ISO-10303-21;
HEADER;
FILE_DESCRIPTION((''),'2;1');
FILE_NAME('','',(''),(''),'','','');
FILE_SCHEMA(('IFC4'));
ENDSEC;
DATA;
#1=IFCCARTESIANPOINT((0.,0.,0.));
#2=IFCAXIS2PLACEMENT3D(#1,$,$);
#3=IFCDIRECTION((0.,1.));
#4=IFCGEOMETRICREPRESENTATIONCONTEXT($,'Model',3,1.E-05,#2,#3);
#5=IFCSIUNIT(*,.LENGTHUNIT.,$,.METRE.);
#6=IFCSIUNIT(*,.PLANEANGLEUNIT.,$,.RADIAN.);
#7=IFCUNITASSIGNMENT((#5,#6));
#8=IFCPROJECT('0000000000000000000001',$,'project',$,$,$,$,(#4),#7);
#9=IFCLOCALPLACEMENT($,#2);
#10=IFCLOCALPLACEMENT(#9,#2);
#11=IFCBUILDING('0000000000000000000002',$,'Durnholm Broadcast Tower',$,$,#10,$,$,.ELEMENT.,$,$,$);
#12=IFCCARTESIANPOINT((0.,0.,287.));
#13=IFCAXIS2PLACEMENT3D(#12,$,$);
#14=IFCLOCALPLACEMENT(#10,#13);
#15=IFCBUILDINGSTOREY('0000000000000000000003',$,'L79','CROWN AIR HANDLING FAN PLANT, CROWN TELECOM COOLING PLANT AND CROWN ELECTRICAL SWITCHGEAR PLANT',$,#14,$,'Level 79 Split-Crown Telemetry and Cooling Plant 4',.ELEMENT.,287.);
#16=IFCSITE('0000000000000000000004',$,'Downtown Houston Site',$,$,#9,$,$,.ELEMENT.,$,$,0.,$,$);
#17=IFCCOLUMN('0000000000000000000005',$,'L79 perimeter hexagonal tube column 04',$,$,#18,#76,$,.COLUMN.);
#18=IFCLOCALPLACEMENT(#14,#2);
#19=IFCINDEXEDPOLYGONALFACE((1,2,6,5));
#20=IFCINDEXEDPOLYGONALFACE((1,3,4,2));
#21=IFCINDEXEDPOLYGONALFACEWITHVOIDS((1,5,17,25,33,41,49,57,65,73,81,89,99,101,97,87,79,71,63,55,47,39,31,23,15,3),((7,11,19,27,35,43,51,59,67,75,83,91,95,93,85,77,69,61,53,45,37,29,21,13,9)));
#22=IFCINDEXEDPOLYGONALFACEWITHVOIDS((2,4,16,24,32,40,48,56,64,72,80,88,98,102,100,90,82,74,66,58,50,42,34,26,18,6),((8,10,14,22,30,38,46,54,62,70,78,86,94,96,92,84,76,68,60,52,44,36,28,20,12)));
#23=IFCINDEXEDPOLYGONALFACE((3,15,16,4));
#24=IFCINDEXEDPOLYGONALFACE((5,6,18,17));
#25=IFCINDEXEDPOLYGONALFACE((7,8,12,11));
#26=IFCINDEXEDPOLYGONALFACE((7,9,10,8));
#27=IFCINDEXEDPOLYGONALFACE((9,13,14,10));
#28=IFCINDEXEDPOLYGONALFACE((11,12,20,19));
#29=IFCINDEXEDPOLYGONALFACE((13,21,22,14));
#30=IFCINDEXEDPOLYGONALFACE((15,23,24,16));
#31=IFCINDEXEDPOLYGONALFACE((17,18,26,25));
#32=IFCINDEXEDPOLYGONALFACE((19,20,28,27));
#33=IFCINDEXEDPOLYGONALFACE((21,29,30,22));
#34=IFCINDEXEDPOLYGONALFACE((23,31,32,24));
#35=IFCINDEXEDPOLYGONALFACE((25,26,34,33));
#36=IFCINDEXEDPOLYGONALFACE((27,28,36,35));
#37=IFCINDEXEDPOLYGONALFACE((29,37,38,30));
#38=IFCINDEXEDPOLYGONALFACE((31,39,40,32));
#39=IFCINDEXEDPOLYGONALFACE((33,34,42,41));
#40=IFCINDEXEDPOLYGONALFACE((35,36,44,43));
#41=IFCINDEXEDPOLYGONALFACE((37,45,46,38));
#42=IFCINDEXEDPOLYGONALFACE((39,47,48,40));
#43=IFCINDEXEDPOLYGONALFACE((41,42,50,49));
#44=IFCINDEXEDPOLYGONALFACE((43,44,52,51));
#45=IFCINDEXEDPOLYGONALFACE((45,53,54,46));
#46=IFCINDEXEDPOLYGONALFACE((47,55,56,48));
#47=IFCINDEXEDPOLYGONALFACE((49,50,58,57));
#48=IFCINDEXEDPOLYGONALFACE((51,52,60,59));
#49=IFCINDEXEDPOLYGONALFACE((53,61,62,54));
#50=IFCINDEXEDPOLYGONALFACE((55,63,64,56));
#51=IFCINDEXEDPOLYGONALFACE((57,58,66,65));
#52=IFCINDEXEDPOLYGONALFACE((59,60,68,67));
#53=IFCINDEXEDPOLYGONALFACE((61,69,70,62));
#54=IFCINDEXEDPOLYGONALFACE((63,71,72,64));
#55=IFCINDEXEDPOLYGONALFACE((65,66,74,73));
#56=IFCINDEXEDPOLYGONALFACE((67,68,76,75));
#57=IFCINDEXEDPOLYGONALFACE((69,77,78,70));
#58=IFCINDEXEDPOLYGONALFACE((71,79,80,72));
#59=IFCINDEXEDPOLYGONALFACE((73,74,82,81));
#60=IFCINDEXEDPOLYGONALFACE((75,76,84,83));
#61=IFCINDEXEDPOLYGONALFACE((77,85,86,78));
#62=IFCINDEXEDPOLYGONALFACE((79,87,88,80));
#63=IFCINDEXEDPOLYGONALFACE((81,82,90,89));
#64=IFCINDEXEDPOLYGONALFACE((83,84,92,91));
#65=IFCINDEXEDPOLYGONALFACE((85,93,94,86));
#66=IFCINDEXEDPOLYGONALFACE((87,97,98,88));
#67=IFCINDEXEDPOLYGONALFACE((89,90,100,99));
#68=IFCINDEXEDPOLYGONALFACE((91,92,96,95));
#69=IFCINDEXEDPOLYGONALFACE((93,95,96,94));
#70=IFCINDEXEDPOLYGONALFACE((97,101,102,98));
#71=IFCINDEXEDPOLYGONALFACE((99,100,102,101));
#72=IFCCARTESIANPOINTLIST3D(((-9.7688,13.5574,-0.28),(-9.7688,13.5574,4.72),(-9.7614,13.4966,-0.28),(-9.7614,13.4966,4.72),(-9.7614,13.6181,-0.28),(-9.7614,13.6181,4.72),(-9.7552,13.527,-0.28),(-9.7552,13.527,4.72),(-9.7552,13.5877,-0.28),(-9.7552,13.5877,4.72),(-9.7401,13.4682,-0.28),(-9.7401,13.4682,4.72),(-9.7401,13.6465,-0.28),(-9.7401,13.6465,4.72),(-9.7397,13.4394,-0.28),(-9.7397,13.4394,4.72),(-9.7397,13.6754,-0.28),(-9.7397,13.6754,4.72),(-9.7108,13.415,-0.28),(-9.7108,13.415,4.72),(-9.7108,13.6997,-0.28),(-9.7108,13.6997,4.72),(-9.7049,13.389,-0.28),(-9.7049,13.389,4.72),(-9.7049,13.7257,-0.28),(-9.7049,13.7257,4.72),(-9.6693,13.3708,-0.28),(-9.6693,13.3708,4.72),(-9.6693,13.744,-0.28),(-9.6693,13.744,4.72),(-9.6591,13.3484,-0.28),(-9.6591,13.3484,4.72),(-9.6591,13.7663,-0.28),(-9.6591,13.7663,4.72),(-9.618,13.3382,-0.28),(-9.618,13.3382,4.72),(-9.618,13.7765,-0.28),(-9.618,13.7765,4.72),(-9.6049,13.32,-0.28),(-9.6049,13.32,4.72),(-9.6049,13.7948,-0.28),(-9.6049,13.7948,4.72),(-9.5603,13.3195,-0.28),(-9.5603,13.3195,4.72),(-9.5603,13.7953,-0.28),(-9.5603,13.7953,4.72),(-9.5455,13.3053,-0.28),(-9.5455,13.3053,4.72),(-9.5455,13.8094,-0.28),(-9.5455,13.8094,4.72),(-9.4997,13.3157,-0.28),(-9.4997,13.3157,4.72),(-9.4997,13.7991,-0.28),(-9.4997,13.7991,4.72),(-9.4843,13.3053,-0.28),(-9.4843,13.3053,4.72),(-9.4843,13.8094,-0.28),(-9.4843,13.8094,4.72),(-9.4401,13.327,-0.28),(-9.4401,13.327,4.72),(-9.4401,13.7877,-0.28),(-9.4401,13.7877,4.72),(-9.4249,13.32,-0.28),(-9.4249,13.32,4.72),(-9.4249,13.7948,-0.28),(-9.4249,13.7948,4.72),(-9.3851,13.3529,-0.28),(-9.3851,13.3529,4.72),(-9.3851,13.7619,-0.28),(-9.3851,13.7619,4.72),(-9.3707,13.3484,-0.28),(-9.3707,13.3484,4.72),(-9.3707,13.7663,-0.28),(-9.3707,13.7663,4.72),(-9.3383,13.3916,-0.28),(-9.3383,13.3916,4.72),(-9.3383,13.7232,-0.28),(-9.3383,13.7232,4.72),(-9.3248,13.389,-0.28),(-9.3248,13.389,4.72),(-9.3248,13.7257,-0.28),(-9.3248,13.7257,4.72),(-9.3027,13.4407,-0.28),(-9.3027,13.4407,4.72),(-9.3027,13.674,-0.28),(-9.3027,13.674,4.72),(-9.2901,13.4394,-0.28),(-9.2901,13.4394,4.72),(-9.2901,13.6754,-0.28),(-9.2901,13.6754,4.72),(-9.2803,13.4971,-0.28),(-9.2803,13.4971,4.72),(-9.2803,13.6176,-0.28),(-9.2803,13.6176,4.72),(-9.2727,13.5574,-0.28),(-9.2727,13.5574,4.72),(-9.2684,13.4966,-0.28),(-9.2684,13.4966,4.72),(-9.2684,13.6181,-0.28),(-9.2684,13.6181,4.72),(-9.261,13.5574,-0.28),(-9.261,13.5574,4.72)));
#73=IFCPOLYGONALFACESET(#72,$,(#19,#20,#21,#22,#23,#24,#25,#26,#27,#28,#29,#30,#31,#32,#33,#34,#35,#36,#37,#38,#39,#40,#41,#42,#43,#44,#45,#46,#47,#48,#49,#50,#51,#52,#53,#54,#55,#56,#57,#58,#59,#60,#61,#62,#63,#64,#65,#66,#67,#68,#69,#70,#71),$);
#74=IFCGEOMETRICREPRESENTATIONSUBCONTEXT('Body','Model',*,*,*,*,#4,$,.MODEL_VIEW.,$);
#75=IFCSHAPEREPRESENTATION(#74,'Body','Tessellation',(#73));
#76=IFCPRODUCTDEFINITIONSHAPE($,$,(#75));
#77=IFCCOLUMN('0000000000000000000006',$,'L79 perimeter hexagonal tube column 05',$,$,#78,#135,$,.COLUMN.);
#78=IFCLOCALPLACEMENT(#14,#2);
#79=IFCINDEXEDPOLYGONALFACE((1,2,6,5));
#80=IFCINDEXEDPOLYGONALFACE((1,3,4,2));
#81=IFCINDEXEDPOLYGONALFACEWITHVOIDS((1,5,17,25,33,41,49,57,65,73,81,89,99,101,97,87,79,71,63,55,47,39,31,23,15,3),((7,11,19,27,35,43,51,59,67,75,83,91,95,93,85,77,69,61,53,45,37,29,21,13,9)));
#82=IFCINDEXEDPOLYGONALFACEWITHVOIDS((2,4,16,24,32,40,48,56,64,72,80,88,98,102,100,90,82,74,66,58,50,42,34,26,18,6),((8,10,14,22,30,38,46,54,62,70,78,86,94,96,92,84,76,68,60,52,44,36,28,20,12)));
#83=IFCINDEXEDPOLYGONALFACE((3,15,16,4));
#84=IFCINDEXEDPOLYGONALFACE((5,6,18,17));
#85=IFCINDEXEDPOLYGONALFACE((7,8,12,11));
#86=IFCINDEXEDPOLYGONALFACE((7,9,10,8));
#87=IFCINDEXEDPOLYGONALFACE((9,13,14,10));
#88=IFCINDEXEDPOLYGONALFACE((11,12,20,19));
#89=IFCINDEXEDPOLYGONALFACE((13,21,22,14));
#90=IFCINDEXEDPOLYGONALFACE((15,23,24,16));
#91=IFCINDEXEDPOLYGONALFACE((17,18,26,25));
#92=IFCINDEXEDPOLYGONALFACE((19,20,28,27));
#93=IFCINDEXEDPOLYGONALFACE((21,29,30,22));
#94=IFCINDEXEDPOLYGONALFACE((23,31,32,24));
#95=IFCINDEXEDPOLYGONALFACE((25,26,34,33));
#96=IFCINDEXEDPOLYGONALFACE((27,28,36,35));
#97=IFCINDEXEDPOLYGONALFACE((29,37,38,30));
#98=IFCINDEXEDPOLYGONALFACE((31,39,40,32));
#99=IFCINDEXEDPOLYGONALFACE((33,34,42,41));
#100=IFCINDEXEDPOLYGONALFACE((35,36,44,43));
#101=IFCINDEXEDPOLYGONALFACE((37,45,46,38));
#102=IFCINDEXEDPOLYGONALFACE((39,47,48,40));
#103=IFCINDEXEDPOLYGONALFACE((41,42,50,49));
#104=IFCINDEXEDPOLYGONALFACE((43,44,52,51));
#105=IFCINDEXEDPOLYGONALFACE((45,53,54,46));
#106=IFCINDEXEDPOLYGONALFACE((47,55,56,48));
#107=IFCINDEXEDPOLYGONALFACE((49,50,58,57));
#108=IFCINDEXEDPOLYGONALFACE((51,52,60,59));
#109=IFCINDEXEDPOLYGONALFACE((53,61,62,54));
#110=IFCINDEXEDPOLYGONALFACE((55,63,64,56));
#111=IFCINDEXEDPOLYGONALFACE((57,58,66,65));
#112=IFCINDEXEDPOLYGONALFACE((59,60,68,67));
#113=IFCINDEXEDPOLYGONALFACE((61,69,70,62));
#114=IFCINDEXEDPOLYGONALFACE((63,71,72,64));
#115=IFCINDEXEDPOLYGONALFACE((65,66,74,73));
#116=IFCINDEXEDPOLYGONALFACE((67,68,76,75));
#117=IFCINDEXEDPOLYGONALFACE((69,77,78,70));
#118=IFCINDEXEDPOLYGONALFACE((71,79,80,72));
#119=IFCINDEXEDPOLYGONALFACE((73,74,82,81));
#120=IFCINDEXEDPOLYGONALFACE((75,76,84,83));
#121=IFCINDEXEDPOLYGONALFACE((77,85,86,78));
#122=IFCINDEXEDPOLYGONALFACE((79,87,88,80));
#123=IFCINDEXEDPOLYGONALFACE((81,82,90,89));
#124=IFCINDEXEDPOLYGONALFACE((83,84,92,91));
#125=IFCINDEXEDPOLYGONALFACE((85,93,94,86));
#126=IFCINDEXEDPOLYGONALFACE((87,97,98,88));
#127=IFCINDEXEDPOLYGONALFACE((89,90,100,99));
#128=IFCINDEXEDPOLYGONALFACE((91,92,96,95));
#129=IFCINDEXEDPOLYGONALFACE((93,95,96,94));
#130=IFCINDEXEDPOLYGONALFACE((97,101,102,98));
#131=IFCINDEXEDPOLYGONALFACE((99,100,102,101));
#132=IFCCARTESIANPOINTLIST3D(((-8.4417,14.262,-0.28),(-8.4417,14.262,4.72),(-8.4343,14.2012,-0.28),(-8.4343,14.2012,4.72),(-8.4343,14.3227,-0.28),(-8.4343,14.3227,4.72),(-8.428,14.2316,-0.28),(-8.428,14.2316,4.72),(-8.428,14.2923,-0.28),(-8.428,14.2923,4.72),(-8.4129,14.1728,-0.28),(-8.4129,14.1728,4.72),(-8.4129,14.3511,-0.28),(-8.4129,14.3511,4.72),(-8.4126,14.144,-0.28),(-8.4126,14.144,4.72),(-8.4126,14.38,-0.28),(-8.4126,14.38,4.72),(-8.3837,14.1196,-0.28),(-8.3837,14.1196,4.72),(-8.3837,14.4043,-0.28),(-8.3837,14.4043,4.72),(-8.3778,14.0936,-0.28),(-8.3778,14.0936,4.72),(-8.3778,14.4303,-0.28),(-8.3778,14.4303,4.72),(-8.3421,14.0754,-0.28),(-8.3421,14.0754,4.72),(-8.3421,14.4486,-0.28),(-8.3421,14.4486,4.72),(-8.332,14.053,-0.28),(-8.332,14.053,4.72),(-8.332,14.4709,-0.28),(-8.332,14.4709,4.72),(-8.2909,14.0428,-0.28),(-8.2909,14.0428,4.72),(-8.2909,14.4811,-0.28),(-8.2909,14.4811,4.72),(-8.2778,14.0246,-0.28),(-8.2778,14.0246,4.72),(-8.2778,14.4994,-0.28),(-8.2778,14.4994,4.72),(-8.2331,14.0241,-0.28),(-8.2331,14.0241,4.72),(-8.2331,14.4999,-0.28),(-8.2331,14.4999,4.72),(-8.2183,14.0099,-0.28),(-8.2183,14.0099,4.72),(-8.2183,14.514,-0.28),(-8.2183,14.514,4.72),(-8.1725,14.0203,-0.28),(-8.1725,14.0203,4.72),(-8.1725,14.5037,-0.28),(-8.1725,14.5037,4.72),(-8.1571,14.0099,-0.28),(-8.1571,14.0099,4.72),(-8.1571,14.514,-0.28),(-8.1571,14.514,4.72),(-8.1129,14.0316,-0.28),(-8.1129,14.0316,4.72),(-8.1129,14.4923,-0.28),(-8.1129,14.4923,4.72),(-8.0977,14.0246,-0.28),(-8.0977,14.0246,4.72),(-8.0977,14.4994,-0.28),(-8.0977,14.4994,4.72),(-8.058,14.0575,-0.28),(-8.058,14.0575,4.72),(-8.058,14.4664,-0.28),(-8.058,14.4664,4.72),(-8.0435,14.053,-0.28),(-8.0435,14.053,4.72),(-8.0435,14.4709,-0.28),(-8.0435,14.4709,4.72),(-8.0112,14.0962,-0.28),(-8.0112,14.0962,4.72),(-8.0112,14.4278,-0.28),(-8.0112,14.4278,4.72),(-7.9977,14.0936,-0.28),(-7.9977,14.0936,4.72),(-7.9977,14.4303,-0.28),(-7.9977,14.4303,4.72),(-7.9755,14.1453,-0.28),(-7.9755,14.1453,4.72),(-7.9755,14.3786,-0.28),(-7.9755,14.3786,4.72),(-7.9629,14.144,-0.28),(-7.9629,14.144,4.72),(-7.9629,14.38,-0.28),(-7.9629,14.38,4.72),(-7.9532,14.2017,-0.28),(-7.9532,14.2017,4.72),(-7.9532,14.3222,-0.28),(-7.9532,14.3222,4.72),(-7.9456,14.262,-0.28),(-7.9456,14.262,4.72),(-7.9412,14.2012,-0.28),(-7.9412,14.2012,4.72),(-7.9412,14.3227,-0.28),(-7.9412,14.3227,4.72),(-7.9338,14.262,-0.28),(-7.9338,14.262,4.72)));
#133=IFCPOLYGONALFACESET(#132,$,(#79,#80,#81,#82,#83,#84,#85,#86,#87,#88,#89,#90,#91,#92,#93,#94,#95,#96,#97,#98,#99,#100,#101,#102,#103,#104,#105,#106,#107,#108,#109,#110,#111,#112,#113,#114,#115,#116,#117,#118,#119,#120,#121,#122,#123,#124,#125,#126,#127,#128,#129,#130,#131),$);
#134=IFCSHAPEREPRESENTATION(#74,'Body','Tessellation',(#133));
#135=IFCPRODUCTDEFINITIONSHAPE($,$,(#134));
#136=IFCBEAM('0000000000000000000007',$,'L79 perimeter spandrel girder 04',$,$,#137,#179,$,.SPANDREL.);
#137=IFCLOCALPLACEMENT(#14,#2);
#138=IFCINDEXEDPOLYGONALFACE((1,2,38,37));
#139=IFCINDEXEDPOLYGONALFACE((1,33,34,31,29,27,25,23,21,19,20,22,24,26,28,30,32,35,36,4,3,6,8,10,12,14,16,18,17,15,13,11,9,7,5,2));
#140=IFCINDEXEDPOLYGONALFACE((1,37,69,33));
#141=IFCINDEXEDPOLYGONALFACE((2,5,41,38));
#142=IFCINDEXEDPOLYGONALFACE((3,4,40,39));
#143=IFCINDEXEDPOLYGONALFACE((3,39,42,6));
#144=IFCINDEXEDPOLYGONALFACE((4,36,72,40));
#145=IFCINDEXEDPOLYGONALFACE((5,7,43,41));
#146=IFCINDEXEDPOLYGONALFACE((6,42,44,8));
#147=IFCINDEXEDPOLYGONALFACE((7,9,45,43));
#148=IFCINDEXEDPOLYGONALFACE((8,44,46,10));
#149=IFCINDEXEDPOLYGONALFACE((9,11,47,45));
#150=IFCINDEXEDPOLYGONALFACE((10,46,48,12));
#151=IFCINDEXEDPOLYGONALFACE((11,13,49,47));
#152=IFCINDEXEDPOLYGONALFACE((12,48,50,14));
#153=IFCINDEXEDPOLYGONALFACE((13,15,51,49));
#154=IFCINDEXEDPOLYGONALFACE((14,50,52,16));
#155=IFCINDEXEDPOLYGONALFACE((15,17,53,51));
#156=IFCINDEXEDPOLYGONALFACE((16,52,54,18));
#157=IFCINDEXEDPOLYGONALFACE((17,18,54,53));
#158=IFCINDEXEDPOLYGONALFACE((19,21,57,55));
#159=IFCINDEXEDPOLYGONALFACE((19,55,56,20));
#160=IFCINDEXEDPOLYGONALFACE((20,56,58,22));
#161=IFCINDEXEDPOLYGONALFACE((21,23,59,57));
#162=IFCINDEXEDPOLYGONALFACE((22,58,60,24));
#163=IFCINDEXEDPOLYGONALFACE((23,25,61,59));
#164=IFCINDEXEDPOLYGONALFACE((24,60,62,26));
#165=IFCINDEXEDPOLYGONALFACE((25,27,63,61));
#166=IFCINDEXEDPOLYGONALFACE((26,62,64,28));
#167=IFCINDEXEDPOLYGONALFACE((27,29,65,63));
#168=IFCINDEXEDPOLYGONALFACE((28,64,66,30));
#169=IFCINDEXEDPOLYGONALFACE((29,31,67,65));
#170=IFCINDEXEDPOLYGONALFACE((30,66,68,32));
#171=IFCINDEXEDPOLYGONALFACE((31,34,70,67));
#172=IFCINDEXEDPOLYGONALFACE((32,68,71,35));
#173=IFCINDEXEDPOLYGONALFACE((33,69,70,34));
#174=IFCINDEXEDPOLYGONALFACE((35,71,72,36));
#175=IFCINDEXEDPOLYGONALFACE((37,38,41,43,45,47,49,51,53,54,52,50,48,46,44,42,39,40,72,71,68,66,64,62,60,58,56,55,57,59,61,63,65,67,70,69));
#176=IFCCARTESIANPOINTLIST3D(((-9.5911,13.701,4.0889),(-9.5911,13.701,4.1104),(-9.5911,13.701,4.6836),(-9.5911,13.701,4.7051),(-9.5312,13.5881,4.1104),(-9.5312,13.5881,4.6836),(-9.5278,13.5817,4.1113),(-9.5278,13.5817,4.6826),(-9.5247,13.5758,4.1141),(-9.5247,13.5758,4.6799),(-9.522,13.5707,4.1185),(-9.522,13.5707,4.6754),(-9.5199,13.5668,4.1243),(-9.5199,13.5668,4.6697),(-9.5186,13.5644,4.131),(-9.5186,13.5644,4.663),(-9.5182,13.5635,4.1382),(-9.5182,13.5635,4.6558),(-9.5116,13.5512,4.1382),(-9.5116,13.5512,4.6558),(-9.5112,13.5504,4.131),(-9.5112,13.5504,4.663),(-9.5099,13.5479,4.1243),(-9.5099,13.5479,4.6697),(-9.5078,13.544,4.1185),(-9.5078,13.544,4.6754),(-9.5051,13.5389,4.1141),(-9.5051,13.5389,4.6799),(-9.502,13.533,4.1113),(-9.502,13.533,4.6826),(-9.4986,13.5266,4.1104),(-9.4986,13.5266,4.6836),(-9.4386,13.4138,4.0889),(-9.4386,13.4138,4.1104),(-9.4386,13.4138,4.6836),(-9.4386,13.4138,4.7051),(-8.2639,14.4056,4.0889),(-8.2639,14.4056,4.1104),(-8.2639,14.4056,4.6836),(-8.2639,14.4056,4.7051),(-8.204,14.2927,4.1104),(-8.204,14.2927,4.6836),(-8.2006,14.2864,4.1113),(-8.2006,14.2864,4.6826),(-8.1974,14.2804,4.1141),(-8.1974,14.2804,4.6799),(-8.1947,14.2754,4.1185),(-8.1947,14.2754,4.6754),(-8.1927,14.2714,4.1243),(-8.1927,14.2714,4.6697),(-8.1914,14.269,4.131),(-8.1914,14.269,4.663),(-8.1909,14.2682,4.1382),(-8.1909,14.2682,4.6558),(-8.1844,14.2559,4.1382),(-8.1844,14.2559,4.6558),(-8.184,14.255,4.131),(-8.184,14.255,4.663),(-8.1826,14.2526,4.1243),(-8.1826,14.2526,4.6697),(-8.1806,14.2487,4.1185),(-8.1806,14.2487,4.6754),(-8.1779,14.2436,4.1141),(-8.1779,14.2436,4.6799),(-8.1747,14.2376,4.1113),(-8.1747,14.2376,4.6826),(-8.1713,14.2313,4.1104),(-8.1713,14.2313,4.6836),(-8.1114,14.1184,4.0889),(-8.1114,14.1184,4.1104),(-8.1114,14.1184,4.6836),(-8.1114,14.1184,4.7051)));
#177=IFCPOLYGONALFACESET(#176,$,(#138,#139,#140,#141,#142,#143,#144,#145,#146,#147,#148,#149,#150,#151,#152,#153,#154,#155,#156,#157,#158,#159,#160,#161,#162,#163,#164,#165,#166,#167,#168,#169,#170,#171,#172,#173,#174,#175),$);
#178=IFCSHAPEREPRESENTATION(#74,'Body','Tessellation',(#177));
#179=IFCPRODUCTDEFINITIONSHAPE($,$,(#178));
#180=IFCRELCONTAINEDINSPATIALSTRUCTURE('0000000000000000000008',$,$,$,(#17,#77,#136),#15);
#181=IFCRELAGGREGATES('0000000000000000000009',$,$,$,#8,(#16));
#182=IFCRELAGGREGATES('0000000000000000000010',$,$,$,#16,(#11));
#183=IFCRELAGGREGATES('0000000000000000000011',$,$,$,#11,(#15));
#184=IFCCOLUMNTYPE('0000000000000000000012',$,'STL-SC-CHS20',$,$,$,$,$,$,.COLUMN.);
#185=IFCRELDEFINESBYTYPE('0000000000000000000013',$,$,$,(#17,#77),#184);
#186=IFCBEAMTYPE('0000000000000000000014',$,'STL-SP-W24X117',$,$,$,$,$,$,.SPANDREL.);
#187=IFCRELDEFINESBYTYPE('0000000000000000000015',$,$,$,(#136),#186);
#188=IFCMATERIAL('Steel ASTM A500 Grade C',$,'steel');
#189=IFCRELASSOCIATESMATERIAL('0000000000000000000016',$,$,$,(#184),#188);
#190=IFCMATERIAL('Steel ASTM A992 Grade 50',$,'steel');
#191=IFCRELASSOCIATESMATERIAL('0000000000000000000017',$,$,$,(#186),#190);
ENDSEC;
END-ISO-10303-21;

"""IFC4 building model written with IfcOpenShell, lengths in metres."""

from ifc_helpers import new_model, si_unit, direction, frame, origin, origin_2d, place, context, subcontext, project, spatial, hollow_circle, i_section, extrude, source, transform, mapped, material, material_profile, profile_set, type_object, type_shapes, element, save


model = new_model("IFC4")

# Units and contexts
model_context = context("Model", 3, precision=1e-05, world=origin(), true_north=direction((0.0, 1.0)))
body_context = subcontext(model_context, "Body", "Model", "MODEL_VIEW")
ifc_project = project(units=[si_unit("LENGTHUNIT", "METRE"), si_unit("PLANEANGLEUNIT", "RADIAN")], contexts=[model_context])

# Site, building, storey
site_placement = place(None, origin())
site = spatial("IfcSite", under=ifc_project, at=site_placement, Name="Downtown Houston Site", CompositionType="ELEMENT", RefElevation=0.0)
building_placement = place(site_placement, origin())
building = spatial("IfcBuilding", under=site, at=building_placement, Name="Durnholm Broadcast Tower", CompositionType="ELEMENT")
storey_placement = place(building_placement, frame((0.0, 0.0, 287.0)))
storey = spatial("IfcBuildingStorey", under=building, at=storey_placement, Name="L79", Description="CROWN AIR HANDLING FAN PLANT, CROWN TELECOM COOLING PLANT AND CROWN ELECTRICAL SWITCHGEAR PLANT", LongName="Level 79 Split-Crown Telemetry and Cooling Plant 4", CompositionType="ELEMENT", Elevation=287.0)

# Columns
ifc_material_1 = material(Name="Steel ASTM A500 Grade C", Category="steel")
ifc_material_profile_1 = material_profile(ifc_material_1, hollow_circle(Radius=0.2539, WallThickness=0.0117, at=origin_2d()), Name="HSS20.000X0.500")
ifc_profile_set_1 = profile_set([ifc_material_profile_1], Name="Steel ASTM A500 Grade C")
column_type = type_object("IfcColumnType", Name="STL-SC-CHS20", PredefinedType="COLUMN", material=ifc_profile_set_1)
shared_shape_1 = source(origin(), body_context, "Body", "SweptSolid", [
    extrude(hollow_circle(Radius=0.2539, WallThickness=0.0117, at=origin_2d()), origin(), (0.0, 0.0, 1.0), 5.0),
])
type_shapes(column_type, [shared_shape_1])
for number, where, z_axis, x_axis, name in (
    (1, (-9.5149, 13.5574, -0.28), (0.0, 0.0, 1.0), (1.0, 0.0, 0.0), "L79 perimeter hexagonal tube column 04"),
    (2, (-8.1877, 14.262, -0.28), (0.0, 0.0, 1.0), (1.0, 0.0, 0.0), "L79 perimeter hexagonal tube column 05"),
):
    element("IfcColumn", number, at=place(storey_placement, frame(where, z_axis=z_axis, x_axis=x_axis)), inside=storey, type_object=column_type, Name=name, PredefinedType="COLUMN", context=body_context, shape_type="MappedRepresentation", body=[
        mapped(shared_shape_1, transform((0.0, 0.0, 0.0), x_axis=(1.0, 0.0, 0.0), y_axis=(0.0, 1.0, 0.0), z_axis=(0.0, 0.0, 1.0), scale=1.0)),
    ])

# Beam
ifc_material_2 = material(Name="Steel ASTM A992 Grade 50", Category="steel")
ifc_material_profile_2 = material_profile(ifc_material_2, i_section(OverallWidth=0.3252, OverallDepth=0.6162, WebThickness=0.0139, FlangeThickness=0.0215, FilletRadius=0.0278, at=origin_2d()), Name="W24X117")
ifc_profile_set_2 = profile_set([ifc_material_profile_2], Name="Steel ASTM A992 Grade 50")
beam_type = type_object("IfcBeamType", Name="STL-SP-W24X117", PredefinedType="SPANDREL", material=ifc_profile_set_2)
shared_shape_2 = source(origin(), body_context, "Body", "SweptSolid", [
    extrude(i_section(OverallWidth=0.3252, OverallDepth=0.6162, WebThickness=0.0139, FlangeThickness=0.0215, FilletRadius=0.0278, at=origin_2d()), origin(), (0.0, 0.0, 1.0), 1.5027),
])
type_shapes(beam_type, [shared_shape_2])
beam_placement = place(storey_placement, frame((-9.5149, 13.5574, 4.397), z_axis=(0.883242, 0.468918, 0.0), x_axis=(-0.468918, 0.883242, 0.0)))
element("IfcBeam", 3, at=beam_placement, inside=storey, type_object=beam_type, Name="L79 perimeter spandrel girder 04", PredefinedType="SPANDREL", context=body_context, shape_type="MappedRepresentation", body=[
    mapped(shared_shape_2, transform((0.0, 0.0, 0.0), x_axis=(1.0, 0.0, 0.0), y_axis=(0.0, 1.0, 0.0), z_axis=(0.0, 0.0, 1.0), scale=1.0)),
])

save(model, "model.ifc")
